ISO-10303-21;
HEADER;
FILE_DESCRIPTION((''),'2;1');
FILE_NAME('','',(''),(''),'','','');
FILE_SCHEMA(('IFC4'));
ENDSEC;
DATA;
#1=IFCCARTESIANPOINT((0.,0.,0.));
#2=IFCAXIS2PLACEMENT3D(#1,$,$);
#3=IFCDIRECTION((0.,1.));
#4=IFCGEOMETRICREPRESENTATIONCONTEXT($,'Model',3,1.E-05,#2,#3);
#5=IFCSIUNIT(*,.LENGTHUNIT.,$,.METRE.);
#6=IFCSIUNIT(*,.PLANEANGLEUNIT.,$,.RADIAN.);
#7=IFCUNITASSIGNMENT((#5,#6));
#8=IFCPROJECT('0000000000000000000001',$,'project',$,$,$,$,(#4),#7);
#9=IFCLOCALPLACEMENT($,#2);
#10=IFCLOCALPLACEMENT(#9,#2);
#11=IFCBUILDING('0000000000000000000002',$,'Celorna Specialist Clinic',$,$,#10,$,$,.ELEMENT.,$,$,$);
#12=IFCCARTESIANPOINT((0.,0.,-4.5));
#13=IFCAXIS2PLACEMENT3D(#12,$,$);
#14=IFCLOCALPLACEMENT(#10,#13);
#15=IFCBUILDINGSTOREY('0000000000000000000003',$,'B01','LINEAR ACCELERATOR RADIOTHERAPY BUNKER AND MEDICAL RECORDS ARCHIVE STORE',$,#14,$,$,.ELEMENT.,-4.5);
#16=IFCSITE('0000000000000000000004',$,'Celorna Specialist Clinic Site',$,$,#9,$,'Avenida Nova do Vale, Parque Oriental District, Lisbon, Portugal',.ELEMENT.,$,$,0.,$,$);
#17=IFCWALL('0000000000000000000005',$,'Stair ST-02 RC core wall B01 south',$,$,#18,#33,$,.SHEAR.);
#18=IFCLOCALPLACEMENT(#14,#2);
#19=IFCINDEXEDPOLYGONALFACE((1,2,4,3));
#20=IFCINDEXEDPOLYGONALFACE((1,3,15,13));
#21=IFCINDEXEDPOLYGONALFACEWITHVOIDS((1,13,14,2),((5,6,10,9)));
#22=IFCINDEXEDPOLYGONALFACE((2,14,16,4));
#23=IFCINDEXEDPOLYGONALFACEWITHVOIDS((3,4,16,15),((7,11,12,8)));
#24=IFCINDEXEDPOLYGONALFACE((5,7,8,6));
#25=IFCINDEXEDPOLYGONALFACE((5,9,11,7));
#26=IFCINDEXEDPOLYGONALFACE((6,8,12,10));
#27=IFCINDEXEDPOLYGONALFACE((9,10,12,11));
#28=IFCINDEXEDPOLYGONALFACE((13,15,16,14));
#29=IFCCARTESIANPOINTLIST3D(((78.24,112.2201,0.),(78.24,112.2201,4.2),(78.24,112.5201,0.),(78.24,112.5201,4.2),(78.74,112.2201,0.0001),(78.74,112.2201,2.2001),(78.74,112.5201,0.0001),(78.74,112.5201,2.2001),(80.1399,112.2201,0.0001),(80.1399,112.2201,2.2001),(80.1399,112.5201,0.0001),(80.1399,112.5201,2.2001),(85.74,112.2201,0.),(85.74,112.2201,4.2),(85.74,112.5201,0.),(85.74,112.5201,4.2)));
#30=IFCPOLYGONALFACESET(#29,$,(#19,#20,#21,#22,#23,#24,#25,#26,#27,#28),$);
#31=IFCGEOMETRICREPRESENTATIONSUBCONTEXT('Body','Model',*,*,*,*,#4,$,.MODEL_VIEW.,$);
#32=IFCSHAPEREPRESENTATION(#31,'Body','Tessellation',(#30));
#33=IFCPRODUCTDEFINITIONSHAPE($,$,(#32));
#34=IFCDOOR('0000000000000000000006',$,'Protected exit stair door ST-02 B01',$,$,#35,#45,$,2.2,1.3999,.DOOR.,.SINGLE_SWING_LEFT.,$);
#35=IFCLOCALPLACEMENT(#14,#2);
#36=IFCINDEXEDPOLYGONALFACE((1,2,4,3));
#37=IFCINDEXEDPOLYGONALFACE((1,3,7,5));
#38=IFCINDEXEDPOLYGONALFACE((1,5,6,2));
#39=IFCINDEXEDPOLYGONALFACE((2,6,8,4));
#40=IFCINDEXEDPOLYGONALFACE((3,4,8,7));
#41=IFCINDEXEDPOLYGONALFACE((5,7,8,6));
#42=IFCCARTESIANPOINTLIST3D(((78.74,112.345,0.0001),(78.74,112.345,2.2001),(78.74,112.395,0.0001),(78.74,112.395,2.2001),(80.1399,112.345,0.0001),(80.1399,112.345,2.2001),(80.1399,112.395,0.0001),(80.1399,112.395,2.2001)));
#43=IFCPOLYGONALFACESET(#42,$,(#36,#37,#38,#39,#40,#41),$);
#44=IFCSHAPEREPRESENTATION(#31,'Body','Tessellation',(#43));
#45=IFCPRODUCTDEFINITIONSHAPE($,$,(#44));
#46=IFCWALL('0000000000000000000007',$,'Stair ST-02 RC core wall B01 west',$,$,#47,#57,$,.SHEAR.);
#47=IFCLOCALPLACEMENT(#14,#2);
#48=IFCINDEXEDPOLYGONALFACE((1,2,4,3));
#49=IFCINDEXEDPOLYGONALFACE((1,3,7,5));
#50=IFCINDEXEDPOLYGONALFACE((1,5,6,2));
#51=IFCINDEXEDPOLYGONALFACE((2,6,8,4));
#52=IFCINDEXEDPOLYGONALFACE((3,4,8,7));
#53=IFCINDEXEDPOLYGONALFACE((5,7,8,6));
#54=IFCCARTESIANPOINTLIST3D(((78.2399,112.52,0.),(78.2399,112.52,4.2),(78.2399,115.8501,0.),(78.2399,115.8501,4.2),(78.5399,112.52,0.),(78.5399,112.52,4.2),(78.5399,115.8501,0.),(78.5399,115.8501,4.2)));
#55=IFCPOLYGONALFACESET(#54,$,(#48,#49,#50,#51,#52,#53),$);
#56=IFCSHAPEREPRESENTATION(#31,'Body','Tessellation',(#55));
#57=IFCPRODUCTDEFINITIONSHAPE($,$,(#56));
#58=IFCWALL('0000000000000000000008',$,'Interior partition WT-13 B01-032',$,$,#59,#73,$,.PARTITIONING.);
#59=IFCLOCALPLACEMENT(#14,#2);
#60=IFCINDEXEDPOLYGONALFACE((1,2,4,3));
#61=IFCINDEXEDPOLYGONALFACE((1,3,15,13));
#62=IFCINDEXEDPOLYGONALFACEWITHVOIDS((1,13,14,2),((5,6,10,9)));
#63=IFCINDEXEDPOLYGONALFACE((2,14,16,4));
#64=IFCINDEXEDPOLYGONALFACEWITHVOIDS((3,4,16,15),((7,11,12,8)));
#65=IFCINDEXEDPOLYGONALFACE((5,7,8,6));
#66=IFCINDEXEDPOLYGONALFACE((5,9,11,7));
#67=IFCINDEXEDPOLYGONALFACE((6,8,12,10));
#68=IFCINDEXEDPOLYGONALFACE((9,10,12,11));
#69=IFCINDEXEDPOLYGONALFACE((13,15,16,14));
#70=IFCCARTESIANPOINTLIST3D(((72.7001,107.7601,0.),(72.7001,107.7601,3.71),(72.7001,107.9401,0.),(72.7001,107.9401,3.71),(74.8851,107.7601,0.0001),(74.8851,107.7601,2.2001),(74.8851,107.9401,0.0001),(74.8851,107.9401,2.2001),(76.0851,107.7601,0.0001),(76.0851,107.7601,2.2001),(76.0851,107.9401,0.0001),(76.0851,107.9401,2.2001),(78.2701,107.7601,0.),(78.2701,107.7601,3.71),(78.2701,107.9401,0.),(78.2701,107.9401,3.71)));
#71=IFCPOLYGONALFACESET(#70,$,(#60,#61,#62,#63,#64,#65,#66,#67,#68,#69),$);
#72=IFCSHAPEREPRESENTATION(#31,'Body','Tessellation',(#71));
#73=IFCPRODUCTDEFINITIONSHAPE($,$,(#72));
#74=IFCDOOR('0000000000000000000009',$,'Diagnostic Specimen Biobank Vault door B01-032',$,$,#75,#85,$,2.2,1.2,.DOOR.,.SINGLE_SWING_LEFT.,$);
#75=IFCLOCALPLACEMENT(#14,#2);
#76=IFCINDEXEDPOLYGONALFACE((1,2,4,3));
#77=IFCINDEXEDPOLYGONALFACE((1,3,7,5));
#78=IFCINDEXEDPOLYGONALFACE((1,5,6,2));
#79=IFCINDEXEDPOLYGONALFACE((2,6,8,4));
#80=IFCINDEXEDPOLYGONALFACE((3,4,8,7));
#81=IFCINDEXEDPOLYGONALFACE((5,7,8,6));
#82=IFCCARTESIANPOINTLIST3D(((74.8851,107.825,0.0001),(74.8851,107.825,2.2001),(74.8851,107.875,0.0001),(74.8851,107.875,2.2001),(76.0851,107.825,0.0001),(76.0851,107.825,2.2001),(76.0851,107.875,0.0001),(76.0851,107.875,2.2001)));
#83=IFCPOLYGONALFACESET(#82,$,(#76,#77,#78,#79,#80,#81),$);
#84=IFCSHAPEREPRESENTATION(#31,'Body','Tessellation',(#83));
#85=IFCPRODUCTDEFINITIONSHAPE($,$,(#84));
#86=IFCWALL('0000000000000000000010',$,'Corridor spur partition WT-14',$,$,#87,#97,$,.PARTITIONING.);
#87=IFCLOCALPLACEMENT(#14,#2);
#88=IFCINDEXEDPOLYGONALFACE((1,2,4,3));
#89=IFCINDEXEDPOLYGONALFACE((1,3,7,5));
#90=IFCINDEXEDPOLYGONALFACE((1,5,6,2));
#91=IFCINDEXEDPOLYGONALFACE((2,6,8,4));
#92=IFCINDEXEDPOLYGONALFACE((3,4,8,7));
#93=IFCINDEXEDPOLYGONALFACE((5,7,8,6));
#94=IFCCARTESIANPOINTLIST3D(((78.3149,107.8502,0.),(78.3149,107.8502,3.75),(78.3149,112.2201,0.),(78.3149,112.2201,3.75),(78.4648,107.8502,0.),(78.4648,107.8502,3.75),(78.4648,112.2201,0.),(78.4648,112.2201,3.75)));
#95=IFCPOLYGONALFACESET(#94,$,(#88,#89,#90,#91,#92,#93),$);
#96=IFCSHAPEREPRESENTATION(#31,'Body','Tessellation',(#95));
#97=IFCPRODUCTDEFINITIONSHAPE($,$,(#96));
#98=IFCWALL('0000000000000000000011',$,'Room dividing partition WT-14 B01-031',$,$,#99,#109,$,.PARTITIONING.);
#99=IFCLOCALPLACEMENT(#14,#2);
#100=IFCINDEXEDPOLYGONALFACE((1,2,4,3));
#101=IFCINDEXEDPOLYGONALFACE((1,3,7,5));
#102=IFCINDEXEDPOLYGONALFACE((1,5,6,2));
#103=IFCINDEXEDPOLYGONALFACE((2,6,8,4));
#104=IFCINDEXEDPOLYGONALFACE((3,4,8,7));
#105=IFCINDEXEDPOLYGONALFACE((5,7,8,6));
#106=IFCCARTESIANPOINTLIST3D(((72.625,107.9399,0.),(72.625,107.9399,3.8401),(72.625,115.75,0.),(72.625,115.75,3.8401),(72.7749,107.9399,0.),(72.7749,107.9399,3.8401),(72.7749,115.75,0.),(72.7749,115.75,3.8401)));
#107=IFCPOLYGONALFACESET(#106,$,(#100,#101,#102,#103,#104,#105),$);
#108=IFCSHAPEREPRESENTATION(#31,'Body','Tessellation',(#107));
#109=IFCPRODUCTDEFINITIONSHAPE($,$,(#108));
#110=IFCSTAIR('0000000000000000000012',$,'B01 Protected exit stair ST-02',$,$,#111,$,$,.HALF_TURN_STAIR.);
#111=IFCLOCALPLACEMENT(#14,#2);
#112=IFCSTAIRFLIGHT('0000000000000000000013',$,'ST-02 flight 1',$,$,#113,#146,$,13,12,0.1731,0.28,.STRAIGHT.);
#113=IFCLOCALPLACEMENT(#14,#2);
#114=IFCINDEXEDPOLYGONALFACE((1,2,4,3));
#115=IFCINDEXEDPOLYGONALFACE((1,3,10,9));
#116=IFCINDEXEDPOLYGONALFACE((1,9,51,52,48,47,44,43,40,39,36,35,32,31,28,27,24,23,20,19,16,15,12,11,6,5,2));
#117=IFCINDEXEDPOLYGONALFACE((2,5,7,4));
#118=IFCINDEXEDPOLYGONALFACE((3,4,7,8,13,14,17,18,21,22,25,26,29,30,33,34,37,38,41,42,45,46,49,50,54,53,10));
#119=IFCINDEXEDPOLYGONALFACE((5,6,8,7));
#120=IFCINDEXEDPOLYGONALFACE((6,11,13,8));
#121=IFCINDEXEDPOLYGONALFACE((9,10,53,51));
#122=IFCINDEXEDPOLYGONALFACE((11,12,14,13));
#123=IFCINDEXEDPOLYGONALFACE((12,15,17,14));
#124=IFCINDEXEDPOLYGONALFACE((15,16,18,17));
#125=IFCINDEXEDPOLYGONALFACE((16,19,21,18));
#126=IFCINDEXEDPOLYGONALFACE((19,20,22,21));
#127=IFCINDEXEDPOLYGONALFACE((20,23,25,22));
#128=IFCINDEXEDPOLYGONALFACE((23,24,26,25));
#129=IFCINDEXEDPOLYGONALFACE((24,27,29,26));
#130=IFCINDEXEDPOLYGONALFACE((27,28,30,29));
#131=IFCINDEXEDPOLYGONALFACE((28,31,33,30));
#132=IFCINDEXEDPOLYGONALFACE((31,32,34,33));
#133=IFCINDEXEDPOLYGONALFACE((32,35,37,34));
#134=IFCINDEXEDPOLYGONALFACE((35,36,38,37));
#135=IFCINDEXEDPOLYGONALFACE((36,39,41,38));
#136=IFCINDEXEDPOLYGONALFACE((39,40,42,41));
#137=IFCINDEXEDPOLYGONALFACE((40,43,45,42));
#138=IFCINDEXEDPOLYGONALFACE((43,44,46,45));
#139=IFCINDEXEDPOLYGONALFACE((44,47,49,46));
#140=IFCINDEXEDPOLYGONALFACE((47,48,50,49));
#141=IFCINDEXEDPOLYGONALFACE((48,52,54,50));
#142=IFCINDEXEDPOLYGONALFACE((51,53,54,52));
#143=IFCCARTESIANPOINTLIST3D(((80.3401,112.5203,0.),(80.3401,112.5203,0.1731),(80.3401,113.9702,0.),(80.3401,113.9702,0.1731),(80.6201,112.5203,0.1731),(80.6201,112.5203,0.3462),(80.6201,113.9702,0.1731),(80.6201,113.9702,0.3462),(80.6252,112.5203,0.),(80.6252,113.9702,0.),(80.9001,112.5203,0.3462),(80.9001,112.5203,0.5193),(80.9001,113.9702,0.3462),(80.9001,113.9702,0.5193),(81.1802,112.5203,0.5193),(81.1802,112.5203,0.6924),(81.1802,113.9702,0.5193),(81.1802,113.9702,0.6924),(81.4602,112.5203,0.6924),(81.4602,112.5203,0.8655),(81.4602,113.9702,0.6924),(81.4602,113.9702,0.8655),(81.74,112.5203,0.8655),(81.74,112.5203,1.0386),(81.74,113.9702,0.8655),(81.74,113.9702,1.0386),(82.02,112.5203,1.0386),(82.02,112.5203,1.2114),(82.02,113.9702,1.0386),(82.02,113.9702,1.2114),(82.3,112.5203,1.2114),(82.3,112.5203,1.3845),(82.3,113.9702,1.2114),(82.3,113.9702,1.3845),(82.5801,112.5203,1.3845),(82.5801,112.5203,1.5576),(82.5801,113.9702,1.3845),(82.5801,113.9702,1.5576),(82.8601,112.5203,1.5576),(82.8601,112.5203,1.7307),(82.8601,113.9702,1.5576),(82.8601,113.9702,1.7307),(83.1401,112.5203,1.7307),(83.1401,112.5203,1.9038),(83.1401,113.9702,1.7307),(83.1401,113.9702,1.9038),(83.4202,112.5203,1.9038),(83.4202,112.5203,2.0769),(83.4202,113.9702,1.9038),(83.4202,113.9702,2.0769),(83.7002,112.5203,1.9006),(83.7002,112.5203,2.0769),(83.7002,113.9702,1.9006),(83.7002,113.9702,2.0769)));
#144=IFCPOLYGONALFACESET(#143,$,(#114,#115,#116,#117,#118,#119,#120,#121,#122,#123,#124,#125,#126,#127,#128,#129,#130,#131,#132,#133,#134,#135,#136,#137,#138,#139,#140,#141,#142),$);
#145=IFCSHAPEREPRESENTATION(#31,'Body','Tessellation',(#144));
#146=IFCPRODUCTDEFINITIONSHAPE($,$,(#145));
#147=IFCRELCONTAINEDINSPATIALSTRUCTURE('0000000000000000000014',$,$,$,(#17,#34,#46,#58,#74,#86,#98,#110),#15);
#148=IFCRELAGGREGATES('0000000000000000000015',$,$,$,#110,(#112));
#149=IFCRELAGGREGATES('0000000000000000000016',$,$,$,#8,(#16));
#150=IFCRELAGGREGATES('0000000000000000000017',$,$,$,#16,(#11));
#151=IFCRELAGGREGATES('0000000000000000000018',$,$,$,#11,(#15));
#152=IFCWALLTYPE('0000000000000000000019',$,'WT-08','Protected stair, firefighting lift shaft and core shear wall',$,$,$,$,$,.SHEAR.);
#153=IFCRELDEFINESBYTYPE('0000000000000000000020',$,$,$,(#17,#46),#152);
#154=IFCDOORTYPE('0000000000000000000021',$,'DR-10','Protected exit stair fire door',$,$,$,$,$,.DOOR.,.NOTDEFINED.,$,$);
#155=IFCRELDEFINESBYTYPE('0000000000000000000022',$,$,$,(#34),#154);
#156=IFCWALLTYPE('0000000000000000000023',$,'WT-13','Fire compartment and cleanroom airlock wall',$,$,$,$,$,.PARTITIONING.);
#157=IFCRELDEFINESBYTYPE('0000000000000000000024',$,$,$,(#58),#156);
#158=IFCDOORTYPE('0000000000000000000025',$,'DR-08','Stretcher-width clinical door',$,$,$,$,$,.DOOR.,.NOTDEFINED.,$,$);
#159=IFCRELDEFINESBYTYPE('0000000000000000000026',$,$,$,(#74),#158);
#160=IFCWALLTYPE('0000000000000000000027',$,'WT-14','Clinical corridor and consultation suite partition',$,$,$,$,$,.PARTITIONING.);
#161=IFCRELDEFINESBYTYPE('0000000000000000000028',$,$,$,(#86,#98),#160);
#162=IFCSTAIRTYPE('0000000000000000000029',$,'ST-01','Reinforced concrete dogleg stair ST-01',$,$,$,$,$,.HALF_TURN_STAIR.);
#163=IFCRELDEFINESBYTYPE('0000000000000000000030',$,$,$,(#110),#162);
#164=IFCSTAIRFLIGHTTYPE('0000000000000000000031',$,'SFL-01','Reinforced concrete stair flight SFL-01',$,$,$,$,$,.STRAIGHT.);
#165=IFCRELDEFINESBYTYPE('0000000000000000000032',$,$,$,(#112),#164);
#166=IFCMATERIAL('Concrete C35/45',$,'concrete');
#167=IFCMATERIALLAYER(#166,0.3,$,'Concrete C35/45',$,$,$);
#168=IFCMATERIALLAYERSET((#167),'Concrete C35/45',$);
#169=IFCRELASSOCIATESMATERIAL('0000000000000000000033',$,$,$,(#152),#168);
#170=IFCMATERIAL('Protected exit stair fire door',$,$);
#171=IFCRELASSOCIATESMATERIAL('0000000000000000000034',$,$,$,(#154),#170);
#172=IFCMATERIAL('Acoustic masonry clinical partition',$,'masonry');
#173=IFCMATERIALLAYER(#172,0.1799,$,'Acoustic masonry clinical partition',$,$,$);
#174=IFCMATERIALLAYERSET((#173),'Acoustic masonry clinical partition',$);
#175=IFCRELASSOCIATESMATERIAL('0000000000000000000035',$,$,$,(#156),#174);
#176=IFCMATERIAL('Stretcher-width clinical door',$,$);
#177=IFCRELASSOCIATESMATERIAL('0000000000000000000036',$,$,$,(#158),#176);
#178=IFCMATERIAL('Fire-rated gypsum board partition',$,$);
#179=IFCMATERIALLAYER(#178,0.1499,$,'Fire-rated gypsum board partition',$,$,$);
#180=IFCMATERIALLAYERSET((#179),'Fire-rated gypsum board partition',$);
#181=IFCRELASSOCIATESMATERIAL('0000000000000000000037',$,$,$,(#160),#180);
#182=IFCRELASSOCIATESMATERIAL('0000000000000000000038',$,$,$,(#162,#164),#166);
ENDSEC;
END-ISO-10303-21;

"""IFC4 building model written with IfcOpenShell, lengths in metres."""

from ifc_helpers import new_model, si_unit, direction, frame, frame_2d, origin, place, context, subcontext, project, spatial, polyline, rectangle, outline, extrude, material, layer, layer_set, type_object, element, fill, aggregate, save


model = new_model("IFC4")

# Units and contexts
model_context = context("Model", 3, precision=1e-05, world=origin(), true_north=direction((0.0, 1.0)))
body_context = subcontext(model_context, "Body", "Model", "MODEL_VIEW")
ifc_project = project(units=[si_unit("LENGTHUNIT", "METRE"), si_unit("PLANEANGLEUNIT", "RADIAN")], contexts=[model_context])

# Site, building, storey
site_placement = place(None, origin())
site = spatial("IfcSite", under=ifc_project, at=site_placement, Name="Celorna Specialist Clinic Site", LongName="Avenida Nova do Vale, Parque Oriental District, Lisbon, Portugal", CompositionType="ELEMENT", RefElevation=0.0)
building_placement = place(site_placement, origin())
building = spatial("IfcBuilding", under=site, at=building_placement, Name="Celorna Specialist Clinic", CompositionType="ELEMENT")
storey_placement = place(building_placement, frame((0.0, 0.0, -4.5)))
storey = spatial("IfcBuildingStorey", under=building, at=storey_placement, Name="B01", Description="LINEAR ACCELERATOR RADIOTHERAPY BUNKER AND MEDICAL RECORDS ARCHIVE STORE", CompositionType="ELEMENT", Elevation=-4.5)

# Shared definitions
ifc_material_1 = material(Name="Concrete C35/45", Category="concrete")

# Wall, opening, door
ifc_layer_1 = layer(ifc_material_1, 0.3, Name="Concrete C35/45")
ifc_layer_set_1 = layer_set([ifc_layer_1], Name="Concrete C35/45")
wall_type_1 = type_object("IfcWallType", Name="WT-08", Description="Protected stair, firefighting lift shaft and core shear wall", PredefinedType="SHEAR", material=ifc_layer_set_1)
wall_1_placement = place(storey_placement, frame((78.24, 112.3701, 0.0), z_axis=(0.0, 0.0, 1.0), x_axis=(1.0, 0.0, 0.0)))
wall_1 = element("IfcWall", 1, at=wall_1_placement, inside=storey, type_object=wall_type_1, Name="Stair ST-02 RC core wall B01 south", PredefinedType="SHEAR", context=body_context, shape_type="SweptSolid", body=[
    extrude(rectangle(XDim=7.5, YDim=0.3, at=frame_2d((3.75, 0.0))), origin(), (0.0, 0.0, 1.0), 4.2),
])
opening_1_placement = place(wall_1_placement, frame((0.5, 0.0, 0.0)))
opening_1 = element("IfcOpeningElement", 2, at=opening_1_placement, cuts=wall_1, PredefinedType="OPENING", context=body_context, shape_type="SweptSolid", body=[
    extrude(rectangle(XDim=1.3999, YDim=2.2, at=frame_2d((0.7, 1.1001))), frame((0.0, 0.1599, 0.0), z_axis=(0.0, -1.0, 0.0), x_axis=(1.0, 0.0, 0.0)), (0.0, 0.0, 1.0), 0.3201),
])
ifc_material_2 = material(Name="Protected exit stair fire door")
door_type_1 = type_object("IfcDoorType", Name="DR-10", Description="Protected exit stair fire door", OperationType="NOTDEFINED", PredefinedType="DOOR", material=ifc_material_2)
door_1_placement = place(opening_1_placement, origin())
door_1 = element("IfcDoor", 3, at=door_1_placement, inside=storey, type_object=door_type_1, Name="Protected exit stair door ST-02 B01", OperationType="SINGLE_SWING_LEFT", OverallHeight=2.2, OverallWidth=1.3999, PredefinedType="DOOR", context=body_context, shape_type="SweptSolid", body=[
    extrude(rectangle(XDim=1.3999, YDim=2.2, at=frame_2d((0.7, 1.1001))), frame((0.0, 0.0249, 0.0), z_axis=(0.0, -1.0, 0.0), x_axis=(1.0, 0.0, 0.0)), (0.0, 0.0, 1.0), 0.05),
])
fill(opening_1, door_1)

# Wall
wall_2_placement = place(storey_placement, frame((78.3899, 115.8501, 0.0), z_axis=(0.0, 0.0, 1.0), x_axis=(0.0, -1.0, 0.0)))
element("IfcWall", 4, at=wall_2_placement, inside=storey, type_object=wall_type_1, Name="Stair ST-02 RC core wall B01 west", PredefinedType="SHEAR", context=body_context, shape_type="SweptSolid", body=[
    extrude(rectangle(XDim=3.3301, YDim=0.3, at=frame_2d((1.665, 0.0))), origin(), (0.0, 0.0, 1.0), 4.2),
])

# Wall, opening, door
ifc_material_3 = material(Name="Acoustic masonry clinical partition", Category="masonry")
ifc_layer_2 = layer(ifc_material_3, 0.1799, Name="Acoustic masonry clinical partition")
ifc_layer_set_2 = layer_set([ifc_layer_2], Name="Acoustic masonry clinical partition")
wall_type_2 = type_object("IfcWallType", Name="WT-13", Description="Fire compartment and cleanroom airlock wall", PredefinedType="PARTITIONING", material=ifc_layer_set_2)
wall_3_placement = place(storey_placement, frame((72.7, 107.8501, 0.0), z_axis=(0.0, 0.0, 1.0), x_axis=(1.0, 0.0, 0.0)))
wall_3 = element("IfcWall", 5, at=wall_3_placement, inside=storey, type_object=wall_type_2, Name="Interior partition WT-13 B01-032", PredefinedType="PARTITIONING", context=body_context, shape_type="SweptSolid", body=[
    extrude(rectangle(XDim=5.5701, YDim=0.1799, at=frame_2d((2.7852, 0.0))), origin(), (0.0, 0.0, 1.0), 3.71),
])
opening_2_placement = place(wall_3_placement, frame((2.1851, 0.0, 0.0)))
opening_2 = element("IfcOpeningElement", 6, at=opening_2_placement, cuts=wall_3, PredefinedType="OPENING", context=body_context, shape_type="SweptSolid", body=[
    extrude(rectangle(XDim=1.2, YDim=2.2, at=frame_2d((0.6001, 1.1001))), frame((0.0, 0.0999, 0.0), z_axis=(0.0, -1.0, 0.0), x_axis=(1.0, 0.0, 0.0)), (0.0, 0.0, 1.0), 0.2),
])
ifc_material_4 = material(Name="Stretcher-width clinical door")
door_type_2 = type_object("IfcDoorType", Name="DR-08", Description="Stretcher-width clinical door", OperationType="NOTDEFINED", PredefinedType="DOOR", material=ifc_material_4)
door_2_placement = place(opening_2_placement, origin())
door_2 = element("IfcDoor", 7, at=door_2_placement, inside=storey, type_object=door_type_2, Name="Diagnostic Specimen Biobank Vault door B01-032", OperationType="SINGLE_SWING_LEFT", OverallHeight=2.2, OverallWidth=1.2, PredefinedType="DOOR", context=body_context, shape_type="SweptSolid", body=[
    extrude(rectangle(XDim=1.2, YDim=2.2, at=frame_2d((0.6001, 1.1001))), frame((0.0, 0.0249, 0.0), z_axis=(0.0, -1.0, 0.0), x_axis=(1.0, 0.0, 0.0)), (0.0, 0.0, 1.0), 0.05),
])
fill(opening_2, door_2)

# Walls
ifc_material_5 = material(Name="Fire-rated gypsum board partition")
ifc_layer_3 = layer(ifc_material_5, 0.1499, Name="Fire-rated gypsum board partition")
ifc_layer_set_3 = layer_set([ifc_layer_3], Name="Fire-rated gypsum board partition")
wall_type_3 = type_object("IfcWallType", Name="WT-14", Description="Clinical corridor and consultation suite partition", PredefinedType="PARTITIONING", material=ifc_layer_set_3)
wall_4_placement = place(storey_placement, frame((78.3899, 107.8501, 0.0), z_axis=(0.0, 0.0, 1.0), x_axis=(0.0, 1.0, 0.0)))
element("IfcWall", 8, at=wall_4_placement, inside=storey, type_object=wall_type_3, Name="Corridor spur partition WT-14", PredefinedType="PARTITIONING", context=body_context, shape_type="SweptSolid", body=[
    extrude(rectangle(XDim=4.3699, YDim=0.1499, at=frame_2d((2.1851, 0.0))), origin(), (0.0, 0.0, 1.0), 3.75),
])
wall_5_placement = place(storey_placement, frame((72.7, 107.9399, 0.0), z_axis=(0.0, 0.0, 1.0), x_axis=(0.0, 1.0, 0.0)))
element("IfcWall", 9, at=wall_5_placement, inside=storey, type_object=wall_type_3, Name="Room dividing partition WT-14 B01-031", PredefinedType="PARTITIONING", context=body_context, shape_type="SweptSolid", body=[
    extrude(rectangle(XDim=7.8101, YDim=0.1499, at=frame_2d((3.905, 0.0))), origin(), (0.0, 0.0, 1.0), 3.8401),
])

# Stair, stair flight
stair_type = type_object("IfcStairType", Name="ST-01", Description="Reinforced concrete dogleg stair ST-01", PredefinedType="HALF_TURN_STAIR", material=ifc_material_1)
stair_placement = place(storey_placement, origin())
stair = element("IfcStair", 10, at=stair_placement, inside=storey, type_object=stair_type, Name="B01 Protected exit stair ST-02", PredefinedType="HALF_TURN_STAIR")
stair_flight_type = type_object("IfcStairFlightType", Name="SFL-01", Description="Reinforced concrete stair flight SFL-01", PredefinedType="STRAIGHT", material=ifc_material_1)
stair_flight_placement = place(storey_placement, frame((80.3401, 113.2451, 0.0), z_axis=(0.0, 0.0, 1.0), x_axis=(1.0, 0.0, 0.0)))
stair_flight = element("IfcStairFlight", 11, at=stair_flight_placement, type_object=stair_flight_type, Name="ST-02 flight 1", NumberOfRisers=13, NumberOfTreads=12, PredefinedType="STRAIGHT", RiserHeight=0.1731, TreadLength=0.28, context=body_context, shape_type="SweptSolid", body=[
    extrude(outline(polyline([(0.0, 0.0), (0.0, 0.1731), (0.28, 0.1731), (0.28, 0.3462), (0.5601, 0.3462), (0.5601, 0.5193), (0.8401, 0.5193), (0.8401, 0.6924), (1.1201, 0.6924), (1.1201, 0.8655), (1.3999, 0.8655), (1.3999, 1.0386), (1.6799, 1.0386), (1.6799, 1.2114), (1.96, 1.2114), (1.96, 1.3845), (2.24, 1.3845), (2.24, 1.5576), (2.52, 1.5576), (2.52, 1.7307), (2.8, 1.7307), (2.8, 1.9038), (3.0801, 1.9038), (3.0801, 2.0769), (3.3601, 2.0769), (3.3601, 2.25), (3.3601, 1.9006), (0.2852, 0.0), (0.0, 0.0)])), frame((0.0, 0.7251, 0.0), z_axis=(0.0, -1.0, 0.0), x_axis=(1.0, 0.0, 0.0)), (0.0, 0.0, 1.0), 1.45),
])
aggregate(stair, [stair_flight])

save(model, "model.ifc")
